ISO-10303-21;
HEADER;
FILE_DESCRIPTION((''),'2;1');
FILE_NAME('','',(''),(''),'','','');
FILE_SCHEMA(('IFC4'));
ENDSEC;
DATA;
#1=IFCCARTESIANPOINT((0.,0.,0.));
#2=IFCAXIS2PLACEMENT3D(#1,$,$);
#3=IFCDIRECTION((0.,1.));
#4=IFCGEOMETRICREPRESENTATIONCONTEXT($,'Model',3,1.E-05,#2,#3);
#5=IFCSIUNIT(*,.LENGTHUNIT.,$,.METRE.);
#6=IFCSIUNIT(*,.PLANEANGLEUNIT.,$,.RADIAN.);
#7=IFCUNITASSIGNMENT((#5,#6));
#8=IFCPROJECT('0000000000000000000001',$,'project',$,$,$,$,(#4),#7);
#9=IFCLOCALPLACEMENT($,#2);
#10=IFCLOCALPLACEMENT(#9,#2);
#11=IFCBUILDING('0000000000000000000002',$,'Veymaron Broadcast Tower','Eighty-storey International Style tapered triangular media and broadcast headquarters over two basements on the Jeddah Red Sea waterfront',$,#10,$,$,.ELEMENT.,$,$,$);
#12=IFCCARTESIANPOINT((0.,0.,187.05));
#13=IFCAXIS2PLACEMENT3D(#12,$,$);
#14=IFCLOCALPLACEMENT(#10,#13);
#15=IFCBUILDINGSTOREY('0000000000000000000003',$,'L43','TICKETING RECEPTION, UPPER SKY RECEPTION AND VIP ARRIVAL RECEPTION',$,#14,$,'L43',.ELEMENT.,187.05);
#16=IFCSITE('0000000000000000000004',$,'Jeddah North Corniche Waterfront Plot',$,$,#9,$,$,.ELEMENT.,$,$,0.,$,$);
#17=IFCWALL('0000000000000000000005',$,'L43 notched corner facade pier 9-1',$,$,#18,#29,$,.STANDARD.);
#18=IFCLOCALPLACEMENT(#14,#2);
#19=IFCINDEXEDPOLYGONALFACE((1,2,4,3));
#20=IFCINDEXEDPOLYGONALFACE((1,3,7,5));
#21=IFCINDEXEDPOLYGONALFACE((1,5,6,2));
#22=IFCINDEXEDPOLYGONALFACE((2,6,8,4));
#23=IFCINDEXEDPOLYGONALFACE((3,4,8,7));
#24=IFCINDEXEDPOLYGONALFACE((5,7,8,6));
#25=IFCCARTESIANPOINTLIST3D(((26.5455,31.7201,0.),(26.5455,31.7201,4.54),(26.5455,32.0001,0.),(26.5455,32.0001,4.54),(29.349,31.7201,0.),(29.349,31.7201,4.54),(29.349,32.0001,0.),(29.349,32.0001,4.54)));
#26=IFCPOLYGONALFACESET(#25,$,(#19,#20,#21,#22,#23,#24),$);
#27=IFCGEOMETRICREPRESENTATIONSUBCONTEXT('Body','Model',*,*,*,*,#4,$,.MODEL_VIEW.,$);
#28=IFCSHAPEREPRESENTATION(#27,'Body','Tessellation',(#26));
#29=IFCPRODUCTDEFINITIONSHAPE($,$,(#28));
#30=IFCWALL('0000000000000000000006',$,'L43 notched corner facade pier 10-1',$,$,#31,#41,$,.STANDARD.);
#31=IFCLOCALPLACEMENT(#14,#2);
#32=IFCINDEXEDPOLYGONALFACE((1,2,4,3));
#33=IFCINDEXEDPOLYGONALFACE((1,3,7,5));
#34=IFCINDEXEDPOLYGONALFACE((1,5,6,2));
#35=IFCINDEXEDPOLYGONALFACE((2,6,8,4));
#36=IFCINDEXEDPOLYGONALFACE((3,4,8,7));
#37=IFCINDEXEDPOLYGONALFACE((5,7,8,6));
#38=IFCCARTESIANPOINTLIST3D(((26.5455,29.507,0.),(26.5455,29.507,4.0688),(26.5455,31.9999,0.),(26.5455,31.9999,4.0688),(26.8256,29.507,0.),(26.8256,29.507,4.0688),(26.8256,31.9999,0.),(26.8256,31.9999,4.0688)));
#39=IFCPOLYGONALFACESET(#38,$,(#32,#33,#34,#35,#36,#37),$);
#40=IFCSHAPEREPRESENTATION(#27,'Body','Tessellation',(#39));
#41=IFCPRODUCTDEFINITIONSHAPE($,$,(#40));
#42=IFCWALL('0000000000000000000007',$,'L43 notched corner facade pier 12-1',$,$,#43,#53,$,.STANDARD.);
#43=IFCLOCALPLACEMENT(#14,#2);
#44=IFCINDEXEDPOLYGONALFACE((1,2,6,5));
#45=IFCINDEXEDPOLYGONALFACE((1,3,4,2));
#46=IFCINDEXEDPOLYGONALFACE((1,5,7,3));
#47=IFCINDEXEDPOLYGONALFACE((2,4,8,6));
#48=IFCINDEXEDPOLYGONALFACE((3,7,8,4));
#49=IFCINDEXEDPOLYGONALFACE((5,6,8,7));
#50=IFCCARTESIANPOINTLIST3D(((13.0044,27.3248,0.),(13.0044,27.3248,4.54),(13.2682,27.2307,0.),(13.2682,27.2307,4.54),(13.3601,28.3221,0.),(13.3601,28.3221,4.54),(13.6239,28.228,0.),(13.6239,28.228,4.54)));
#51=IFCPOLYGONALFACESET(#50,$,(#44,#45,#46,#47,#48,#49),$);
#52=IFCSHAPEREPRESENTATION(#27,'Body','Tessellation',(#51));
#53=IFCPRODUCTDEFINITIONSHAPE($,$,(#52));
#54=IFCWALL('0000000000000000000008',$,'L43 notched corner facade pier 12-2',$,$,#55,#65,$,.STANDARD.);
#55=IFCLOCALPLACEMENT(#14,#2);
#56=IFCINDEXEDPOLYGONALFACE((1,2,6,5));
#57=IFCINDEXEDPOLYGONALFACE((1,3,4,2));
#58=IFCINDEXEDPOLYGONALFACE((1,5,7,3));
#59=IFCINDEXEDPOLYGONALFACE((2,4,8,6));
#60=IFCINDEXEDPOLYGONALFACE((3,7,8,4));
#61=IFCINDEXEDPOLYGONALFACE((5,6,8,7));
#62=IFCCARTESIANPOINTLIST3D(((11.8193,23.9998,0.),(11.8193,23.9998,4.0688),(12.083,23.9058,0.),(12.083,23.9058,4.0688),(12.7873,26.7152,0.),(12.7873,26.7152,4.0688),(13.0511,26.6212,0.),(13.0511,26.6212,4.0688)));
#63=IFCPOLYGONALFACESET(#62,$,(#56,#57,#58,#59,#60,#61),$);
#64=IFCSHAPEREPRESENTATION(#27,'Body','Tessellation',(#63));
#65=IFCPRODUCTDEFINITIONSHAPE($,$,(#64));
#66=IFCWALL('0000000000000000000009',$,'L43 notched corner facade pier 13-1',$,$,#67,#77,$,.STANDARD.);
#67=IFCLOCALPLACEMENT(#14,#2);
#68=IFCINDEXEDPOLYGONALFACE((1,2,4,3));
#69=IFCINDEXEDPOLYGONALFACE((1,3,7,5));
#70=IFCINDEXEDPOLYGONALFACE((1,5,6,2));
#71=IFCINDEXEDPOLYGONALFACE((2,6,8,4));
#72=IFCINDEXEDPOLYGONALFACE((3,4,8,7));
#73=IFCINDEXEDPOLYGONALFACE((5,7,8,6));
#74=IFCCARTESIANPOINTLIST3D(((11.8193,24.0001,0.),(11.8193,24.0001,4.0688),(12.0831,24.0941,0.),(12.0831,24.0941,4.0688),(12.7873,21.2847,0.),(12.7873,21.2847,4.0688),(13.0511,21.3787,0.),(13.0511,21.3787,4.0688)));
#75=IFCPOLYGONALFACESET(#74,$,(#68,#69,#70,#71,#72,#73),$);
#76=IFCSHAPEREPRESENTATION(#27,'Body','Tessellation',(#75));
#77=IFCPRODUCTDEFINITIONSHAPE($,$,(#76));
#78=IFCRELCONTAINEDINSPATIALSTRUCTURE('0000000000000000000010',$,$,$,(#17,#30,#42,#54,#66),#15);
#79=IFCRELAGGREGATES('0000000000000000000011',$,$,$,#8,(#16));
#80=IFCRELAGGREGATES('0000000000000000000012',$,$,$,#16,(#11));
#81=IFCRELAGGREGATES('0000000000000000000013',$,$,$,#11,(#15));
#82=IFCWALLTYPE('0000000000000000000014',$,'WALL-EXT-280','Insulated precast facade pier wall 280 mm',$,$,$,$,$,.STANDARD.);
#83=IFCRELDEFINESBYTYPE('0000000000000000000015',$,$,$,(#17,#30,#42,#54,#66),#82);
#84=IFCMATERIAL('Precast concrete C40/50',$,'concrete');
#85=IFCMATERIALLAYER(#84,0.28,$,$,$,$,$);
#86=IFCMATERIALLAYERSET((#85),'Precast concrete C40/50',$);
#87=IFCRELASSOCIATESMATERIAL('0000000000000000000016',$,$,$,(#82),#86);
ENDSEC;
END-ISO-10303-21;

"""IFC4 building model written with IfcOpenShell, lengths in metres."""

from ifc_helpers import new_model, si_unit, direction, frame, frame_2d, origin, place, context, subcontext, project, spatial, rectangle, extrude, material, layer, layer_set, type_object, element, save


model = new_model("IFC4")

# Units and contexts
model_context = context("Model", 3, precision=1e-05, world=origin(), true_north=direction((0.0, 1.0)))
body_context = subcontext(model_context, "Body", "Model", "MODEL_VIEW")
ifc_project = project(units=[si_unit("LENGTHUNIT", "METRE"), si_unit("PLANEANGLEUNIT", "RADIAN")], contexts=[model_context])

# Site, building, storey
site_placement = place(None, origin())
site = spatial("IfcSite", under=ifc_project, at=site_placement, Name="Jeddah North Corniche Waterfront Plot", CompositionType="ELEMENT", RefElevation=0.0)
building_placement = place(site_placement, origin())
building = spatial("IfcBuilding", under=site, at=building_placement, Name="Veymaron Broadcast Tower", Description="Eighty-storey International Style tapered triangular media and broadcast headquarters over two basements on the Jeddah Red Sea waterfront", CompositionType="ELEMENT")
storey_placement = place(building_placement, frame((0.0, 0.0, 187.05)))
storey = spatial("IfcBuildingStorey", under=building, at=storey_placement, Name="L43", Description="TICKETING RECEPTION, UPPER SKY RECEPTION AND VIP ARRIVAL RECEPTION", LongName="L43", CompositionType="ELEMENT", Elevation=187.05)

# Walls
ifc_material_1 = material(Name="Precast concrete C40/50", Category="concrete")
ifc_layer_1 = layer(ifc_material_1, 0.28)
ifc_layer_set_1 = layer_set([ifc_layer_1], Name="Precast concrete C40/50")
wall_type = type_object("IfcWallType", Name="WALL-EXT-280", Description="Insulated precast facade pier wall 280 mm", PredefinedType="STANDARD", material=ifc_layer_set_1)
wall_1_placement = place(storey_placement, frame((29.3491, 31.8601, 0.0), z_axis=(0.0, 0.0, 1.0), x_axis=(-1.0, 0.0, 0.0)))
element("IfcWall", 1, at=wall_1_placement, inside=storey, type_object=wall_type, Name="L43 notched corner facade pier 9-1", PredefinedType="STANDARD", context=body_context, shape_type="SweptSolid", body=[
    extrude(rectangle(XDim=2.8035, YDim=0.28, at=frame_2d((1.4019, 0.0))), origin(), (0.0, 0.0, 1.0), 4.54),
])
wall_2_placement = place(storey_placement, frame((26.6855, 32.0, 0.0), z_axis=(0.0, 0.0, 1.0), x_axis=(0.0, -1.0, 0.0)))
element("IfcWall", 2, at=wall_2_placement, inside=storey, type_object=wall_type, Name="L43 notched corner facade pier 10-1", PredefinedType="STANDARD", context=body_context, shape_type="SweptSolid", body=[
    extrude(rectangle(XDim=2.4929, YDim=0.28, at=frame_2d((1.2466, 0.0))), origin(), (0.0, 0.0, 1.0), 4.0688),
])
wall_3_placement = place(storey_placement, frame((13.4919, 28.2749, 0.0), z_axis=(0.0, 0.0, 1.0), x_axis=(-0.335942, -0.941883, 0.0)))
element("IfcWall", 3, at=wall_3_placement, inside=storey, type_object=wall_type, Name="L43 notched corner facade pier 12-1", PredefinedType="STANDARD", context=body_context, shape_type="SweptSolid", body=[
    extrude(rectangle(XDim=1.0588, YDim=0.28, at=frame_2d((0.5293, 0.0))), origin(), (0.0, 0.0, 1.0), 4.54),
])
for number, where, z_axis, x_axis, name in (
    (4, (12.9192, 26.6682, 0.0), (0.0, 0.0, 1.0), (-0.3358, -0.941933, 0.0), "L43 notched corner facade pier 12-2"),
    (5, (11.9512, 24.0471, 0.0), (0.0, 0.0, 1.0), (0.3358, -0.941933, 0.0), "L43 notched corner facade pier 13-1"),
):
    element("IfcWall", number, at=place(storey_placement, frame(where, z_axis=z_axis, x_axis=x_axis)), inside=storey, type_object=wall_type, Name=name, PredefinedType="STANDARD", context=body_context, shape_type="SweptSolid", body=[
        extrude(rectangle(XDim=2.8828, YDim=0.28, at=frame_2d((1.4414, 0.0))), origin(), (0.0, 0.0, 1.0), 4.0688),
    ])

save(model, "model.ifc")
